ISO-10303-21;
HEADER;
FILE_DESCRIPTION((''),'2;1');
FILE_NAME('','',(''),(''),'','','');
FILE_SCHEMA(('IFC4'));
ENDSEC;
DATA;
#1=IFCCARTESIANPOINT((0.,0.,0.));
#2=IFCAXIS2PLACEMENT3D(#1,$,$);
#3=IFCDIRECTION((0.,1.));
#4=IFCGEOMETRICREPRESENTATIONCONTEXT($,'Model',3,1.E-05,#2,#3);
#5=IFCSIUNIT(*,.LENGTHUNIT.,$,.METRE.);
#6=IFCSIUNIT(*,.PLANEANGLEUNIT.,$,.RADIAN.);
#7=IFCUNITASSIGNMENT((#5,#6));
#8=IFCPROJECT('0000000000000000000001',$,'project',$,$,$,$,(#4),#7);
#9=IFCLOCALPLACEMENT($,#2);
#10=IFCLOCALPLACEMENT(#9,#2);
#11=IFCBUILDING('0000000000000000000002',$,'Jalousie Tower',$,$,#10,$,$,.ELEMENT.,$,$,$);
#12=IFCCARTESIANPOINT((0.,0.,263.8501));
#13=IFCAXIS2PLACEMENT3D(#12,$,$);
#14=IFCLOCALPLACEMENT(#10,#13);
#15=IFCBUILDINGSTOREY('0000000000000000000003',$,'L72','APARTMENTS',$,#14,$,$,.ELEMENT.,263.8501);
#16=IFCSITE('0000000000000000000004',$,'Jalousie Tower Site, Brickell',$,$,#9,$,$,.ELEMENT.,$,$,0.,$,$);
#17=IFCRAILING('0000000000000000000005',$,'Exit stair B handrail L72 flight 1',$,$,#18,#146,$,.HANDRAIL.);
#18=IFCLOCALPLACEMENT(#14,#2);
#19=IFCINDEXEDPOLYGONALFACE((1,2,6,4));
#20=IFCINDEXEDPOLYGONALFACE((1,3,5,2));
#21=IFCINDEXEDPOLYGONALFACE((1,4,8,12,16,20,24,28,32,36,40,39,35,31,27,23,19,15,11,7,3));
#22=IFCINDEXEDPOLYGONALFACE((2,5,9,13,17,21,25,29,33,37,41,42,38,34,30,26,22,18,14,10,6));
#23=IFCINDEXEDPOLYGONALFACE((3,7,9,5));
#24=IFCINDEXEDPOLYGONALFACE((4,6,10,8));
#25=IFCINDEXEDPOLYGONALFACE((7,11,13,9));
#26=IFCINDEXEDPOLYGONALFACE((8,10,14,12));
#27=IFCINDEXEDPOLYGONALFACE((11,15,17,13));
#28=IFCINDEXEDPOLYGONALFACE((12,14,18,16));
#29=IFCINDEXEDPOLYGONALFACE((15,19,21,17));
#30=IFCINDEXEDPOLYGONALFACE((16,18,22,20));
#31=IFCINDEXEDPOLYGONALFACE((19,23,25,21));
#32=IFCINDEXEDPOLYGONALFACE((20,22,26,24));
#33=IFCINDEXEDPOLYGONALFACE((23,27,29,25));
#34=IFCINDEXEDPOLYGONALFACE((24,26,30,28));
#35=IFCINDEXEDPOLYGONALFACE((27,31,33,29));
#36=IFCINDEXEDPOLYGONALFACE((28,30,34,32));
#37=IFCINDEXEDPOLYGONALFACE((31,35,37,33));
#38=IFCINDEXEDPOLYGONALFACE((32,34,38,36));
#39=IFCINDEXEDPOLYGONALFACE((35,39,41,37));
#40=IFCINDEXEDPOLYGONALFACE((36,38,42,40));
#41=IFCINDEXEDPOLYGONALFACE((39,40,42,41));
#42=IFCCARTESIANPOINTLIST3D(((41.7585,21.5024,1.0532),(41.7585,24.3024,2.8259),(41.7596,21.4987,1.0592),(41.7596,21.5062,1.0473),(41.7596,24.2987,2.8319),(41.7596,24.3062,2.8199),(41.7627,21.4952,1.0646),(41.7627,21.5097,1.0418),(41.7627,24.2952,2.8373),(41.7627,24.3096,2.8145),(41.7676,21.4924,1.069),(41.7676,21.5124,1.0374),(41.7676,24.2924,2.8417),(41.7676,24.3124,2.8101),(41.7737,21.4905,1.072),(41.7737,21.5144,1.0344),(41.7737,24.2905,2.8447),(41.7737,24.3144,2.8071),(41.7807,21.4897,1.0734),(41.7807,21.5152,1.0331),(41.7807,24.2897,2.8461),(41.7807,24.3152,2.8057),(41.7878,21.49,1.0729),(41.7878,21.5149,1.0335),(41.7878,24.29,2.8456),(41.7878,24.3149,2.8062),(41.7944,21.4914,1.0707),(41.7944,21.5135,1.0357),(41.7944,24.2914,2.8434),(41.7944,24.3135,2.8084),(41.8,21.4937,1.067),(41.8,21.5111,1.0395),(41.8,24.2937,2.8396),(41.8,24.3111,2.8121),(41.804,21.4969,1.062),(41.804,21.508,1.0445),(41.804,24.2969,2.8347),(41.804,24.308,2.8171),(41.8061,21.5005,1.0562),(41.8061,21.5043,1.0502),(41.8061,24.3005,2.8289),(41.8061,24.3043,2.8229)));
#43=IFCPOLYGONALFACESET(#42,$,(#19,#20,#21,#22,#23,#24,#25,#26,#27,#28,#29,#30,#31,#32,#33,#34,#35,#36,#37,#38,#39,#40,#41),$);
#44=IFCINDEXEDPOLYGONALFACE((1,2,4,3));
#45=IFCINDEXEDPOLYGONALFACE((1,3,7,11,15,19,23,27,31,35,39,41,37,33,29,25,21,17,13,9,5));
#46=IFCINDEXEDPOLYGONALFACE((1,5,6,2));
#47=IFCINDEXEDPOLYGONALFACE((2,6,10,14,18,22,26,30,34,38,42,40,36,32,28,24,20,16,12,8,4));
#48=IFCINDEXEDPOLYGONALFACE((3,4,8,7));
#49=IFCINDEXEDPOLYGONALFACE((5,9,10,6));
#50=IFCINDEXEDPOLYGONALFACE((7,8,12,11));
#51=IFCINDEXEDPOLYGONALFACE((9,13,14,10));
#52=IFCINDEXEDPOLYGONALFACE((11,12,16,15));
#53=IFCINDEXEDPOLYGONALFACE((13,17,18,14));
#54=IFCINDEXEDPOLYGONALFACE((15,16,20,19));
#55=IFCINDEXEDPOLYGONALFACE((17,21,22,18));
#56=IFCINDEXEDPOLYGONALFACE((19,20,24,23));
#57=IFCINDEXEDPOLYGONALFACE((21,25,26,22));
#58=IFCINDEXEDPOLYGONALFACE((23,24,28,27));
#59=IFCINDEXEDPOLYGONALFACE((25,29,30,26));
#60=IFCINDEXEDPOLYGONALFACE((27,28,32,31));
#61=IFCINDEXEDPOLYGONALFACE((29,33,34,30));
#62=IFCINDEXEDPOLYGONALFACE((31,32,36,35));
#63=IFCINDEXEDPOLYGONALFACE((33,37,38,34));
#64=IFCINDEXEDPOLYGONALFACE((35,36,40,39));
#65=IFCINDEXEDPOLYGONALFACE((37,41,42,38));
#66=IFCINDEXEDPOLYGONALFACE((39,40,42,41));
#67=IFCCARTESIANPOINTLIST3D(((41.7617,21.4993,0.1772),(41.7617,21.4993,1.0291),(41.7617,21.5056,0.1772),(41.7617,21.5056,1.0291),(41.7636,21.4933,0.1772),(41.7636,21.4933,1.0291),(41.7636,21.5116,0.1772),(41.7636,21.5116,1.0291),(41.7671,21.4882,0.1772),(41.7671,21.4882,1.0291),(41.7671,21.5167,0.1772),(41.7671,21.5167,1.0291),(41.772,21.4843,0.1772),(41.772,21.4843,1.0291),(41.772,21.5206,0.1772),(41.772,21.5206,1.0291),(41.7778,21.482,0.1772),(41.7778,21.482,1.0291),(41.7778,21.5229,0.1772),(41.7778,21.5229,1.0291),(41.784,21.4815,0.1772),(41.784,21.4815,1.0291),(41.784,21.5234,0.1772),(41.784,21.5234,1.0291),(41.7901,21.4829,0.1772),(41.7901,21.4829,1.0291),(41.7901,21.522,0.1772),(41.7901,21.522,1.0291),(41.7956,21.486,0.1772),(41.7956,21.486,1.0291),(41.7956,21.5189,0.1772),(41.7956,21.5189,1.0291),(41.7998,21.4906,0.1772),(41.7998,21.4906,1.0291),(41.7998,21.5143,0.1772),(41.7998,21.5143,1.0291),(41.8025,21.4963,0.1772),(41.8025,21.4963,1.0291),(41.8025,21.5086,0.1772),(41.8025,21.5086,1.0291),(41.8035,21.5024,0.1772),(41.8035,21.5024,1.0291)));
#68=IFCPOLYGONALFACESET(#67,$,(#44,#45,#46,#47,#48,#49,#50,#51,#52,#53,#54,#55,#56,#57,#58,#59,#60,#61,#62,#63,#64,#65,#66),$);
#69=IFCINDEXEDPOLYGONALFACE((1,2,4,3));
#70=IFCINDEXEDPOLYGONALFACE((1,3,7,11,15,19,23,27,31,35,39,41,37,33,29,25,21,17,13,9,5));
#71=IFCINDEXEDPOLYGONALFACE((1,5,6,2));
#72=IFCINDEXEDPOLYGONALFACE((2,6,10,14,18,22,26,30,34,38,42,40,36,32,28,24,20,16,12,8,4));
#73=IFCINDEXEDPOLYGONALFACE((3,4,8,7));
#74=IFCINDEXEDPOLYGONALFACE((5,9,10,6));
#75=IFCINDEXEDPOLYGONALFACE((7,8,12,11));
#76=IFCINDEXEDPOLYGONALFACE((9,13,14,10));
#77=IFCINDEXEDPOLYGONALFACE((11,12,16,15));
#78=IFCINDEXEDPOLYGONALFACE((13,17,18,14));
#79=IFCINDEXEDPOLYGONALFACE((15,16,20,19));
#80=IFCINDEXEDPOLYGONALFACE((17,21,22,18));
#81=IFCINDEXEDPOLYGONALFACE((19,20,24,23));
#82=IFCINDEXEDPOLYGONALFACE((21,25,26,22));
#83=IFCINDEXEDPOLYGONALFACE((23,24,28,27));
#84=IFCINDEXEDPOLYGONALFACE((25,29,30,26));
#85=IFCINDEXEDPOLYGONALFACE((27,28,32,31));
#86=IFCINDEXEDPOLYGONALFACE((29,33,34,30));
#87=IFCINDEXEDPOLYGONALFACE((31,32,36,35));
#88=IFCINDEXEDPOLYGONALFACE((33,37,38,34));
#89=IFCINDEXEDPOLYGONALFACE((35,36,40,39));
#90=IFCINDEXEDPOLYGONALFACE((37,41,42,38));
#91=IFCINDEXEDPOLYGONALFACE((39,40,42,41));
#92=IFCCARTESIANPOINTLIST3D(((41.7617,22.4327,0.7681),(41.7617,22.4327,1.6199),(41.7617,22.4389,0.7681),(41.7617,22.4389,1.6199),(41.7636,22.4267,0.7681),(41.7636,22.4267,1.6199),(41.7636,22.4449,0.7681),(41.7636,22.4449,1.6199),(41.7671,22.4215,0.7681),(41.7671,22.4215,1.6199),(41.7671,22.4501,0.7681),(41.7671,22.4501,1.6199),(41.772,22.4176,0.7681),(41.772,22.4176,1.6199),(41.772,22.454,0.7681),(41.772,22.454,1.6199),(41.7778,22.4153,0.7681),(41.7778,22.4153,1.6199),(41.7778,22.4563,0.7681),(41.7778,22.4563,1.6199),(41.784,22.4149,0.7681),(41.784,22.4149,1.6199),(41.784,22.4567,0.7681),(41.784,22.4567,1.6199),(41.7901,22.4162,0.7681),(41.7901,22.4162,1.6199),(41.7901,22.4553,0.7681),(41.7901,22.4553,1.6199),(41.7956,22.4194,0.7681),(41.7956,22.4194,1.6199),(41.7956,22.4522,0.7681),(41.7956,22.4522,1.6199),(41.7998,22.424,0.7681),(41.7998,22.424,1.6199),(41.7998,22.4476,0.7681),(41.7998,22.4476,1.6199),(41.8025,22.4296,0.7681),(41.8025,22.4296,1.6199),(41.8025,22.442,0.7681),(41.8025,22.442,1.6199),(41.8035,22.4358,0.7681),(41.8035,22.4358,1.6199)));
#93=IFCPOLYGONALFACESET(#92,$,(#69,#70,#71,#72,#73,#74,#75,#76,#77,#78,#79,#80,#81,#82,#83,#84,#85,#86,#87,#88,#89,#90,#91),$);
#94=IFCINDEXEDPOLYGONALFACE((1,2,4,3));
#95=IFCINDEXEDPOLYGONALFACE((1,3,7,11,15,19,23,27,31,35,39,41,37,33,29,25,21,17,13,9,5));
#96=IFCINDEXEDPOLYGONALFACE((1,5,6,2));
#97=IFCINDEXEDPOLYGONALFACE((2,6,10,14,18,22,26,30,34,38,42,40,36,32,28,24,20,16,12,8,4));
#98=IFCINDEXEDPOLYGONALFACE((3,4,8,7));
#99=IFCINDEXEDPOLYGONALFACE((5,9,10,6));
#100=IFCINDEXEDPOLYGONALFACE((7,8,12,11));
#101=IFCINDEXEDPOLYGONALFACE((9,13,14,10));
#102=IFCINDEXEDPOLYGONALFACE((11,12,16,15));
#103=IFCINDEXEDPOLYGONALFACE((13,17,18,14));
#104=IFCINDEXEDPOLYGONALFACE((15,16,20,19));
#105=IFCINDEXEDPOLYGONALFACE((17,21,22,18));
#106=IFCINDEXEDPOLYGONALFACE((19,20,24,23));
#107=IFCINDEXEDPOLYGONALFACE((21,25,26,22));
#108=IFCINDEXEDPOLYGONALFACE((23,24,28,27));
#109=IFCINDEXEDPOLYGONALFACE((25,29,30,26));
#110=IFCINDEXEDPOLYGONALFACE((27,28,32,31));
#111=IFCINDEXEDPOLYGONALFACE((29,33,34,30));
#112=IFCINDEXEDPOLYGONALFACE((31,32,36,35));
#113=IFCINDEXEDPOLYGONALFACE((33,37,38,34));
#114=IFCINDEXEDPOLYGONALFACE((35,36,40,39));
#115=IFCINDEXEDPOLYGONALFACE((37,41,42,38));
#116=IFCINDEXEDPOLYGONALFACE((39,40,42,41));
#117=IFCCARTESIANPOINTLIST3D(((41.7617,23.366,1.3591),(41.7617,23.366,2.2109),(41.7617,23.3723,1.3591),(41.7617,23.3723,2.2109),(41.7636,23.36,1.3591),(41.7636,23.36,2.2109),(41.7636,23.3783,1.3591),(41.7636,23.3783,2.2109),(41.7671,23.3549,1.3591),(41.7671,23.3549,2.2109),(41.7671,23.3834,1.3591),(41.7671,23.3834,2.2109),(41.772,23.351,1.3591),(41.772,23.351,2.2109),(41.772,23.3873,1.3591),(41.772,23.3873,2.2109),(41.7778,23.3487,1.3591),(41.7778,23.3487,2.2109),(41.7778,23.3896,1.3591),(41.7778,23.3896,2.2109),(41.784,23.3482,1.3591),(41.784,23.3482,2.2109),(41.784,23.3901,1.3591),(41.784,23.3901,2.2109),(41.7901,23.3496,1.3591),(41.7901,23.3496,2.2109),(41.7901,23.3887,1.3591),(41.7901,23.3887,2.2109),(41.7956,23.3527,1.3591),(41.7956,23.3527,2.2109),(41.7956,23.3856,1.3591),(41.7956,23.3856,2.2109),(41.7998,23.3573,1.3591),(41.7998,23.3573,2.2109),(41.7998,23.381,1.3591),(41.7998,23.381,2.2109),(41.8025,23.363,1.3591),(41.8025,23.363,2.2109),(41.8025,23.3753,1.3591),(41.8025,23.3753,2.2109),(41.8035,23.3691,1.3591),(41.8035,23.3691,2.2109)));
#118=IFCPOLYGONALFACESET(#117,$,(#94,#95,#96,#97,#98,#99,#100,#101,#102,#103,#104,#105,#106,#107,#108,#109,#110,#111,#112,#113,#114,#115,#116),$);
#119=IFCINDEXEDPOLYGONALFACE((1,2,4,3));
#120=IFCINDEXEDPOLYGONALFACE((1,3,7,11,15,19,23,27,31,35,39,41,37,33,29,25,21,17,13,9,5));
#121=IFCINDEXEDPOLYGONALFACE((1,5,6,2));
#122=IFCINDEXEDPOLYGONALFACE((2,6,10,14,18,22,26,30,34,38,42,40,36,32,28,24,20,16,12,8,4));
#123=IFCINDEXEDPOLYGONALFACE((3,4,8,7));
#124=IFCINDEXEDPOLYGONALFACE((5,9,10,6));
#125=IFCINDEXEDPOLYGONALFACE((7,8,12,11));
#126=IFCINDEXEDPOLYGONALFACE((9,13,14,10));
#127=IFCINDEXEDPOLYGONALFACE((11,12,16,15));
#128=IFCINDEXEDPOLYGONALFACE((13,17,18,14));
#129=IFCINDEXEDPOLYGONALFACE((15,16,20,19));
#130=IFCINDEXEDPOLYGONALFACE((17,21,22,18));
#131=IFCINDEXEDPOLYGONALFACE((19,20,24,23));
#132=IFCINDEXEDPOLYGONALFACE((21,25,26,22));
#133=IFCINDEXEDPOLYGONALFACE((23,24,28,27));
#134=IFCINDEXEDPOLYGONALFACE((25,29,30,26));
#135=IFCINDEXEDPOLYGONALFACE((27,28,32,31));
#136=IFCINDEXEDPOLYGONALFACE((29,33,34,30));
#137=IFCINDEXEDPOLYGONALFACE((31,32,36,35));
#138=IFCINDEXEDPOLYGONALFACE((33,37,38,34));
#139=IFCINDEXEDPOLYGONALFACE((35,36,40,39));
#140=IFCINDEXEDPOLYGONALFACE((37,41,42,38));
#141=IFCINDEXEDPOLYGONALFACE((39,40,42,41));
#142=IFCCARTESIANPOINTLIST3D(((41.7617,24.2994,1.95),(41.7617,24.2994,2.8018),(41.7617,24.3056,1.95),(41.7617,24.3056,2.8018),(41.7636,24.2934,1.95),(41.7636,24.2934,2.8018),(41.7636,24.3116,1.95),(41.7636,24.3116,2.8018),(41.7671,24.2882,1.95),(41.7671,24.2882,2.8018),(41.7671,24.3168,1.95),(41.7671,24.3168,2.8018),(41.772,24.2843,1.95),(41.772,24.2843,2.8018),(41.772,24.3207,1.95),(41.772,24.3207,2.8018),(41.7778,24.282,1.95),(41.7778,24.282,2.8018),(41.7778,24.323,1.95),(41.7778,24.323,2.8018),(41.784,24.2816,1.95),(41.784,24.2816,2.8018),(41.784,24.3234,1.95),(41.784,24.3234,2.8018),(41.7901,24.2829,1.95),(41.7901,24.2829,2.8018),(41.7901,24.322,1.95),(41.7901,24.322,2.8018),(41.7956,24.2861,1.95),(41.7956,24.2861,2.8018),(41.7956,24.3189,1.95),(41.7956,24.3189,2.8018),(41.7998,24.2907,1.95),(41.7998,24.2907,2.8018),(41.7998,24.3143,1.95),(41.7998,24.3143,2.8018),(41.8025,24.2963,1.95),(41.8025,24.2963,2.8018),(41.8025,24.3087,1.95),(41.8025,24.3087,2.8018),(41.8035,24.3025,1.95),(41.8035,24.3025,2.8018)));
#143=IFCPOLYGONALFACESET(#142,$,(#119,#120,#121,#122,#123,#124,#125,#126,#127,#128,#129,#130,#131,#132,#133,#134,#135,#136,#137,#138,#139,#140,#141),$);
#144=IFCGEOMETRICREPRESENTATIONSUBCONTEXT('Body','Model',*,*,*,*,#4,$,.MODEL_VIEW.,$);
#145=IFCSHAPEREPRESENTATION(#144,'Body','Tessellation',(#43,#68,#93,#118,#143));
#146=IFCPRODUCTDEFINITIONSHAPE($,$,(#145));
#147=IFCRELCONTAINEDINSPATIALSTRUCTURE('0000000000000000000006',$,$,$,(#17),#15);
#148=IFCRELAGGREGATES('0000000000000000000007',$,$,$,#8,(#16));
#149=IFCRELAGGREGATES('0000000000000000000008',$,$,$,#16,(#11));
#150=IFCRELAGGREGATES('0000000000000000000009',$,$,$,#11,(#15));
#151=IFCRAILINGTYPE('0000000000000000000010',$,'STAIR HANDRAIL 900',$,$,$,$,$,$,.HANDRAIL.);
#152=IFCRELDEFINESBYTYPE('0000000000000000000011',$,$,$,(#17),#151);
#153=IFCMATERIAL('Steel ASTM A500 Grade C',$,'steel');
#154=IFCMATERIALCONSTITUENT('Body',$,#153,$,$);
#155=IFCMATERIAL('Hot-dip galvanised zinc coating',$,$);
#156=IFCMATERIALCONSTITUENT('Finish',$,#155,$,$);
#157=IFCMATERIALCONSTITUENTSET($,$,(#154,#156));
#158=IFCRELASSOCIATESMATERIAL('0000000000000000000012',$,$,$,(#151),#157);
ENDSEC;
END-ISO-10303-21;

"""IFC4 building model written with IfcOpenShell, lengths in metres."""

from ifc_helpers import new_model, si_unit, direction, frame, origin, origin_2d, place, context, subcontext, project, spatial, circle, extrude, material, constituent, constituent_set, type_object, element, save


model = new_model("IFC4")

# Units and contexts
model_context = context("Model", 3, precision=1e-05, world=origin(), true_north=direction((0.0, 1.0)))
body_context = subcontext(model_context, "Body", "Model", "MODEL_VIEW")
ifc_project = project(units=[si_unit("LENGTHUNIT", "METRE"), si_unit("PLANEANGLEUNIT", "RADIAN")], contexts=[model_context])

# Site, building, storey
site_placement = place(None, origin())
site = spatial("IfcSite", under=ifc_project, at=site_placement, Name="Jalousie Tower Site, Brickell", CompositionType="ELEMENT", RefElevation=0.0)
building_placement = place(site_placement, origin())
building = spatial("IfcBuilding", under=site, at=building_placement, Name="Jalousie Tower", CompositionType="ELEMENT")
storey_placement = place(building_placement, frame((0.0, 0.0, 263.8501)))
storey = spatial("IfcBuildingStorey", under=building, at=storey_placement, Name="L72", Description="APARTMENTS", CompositionType="ELEMENT", Elevation=263.8501)

# Railing
ifc_material_1 = material(Name="Steel ASTM A500 Grade C", Category="steel")
ifc_constituent_1 = constituent(ifc_material_1, Name="Body")
ifc_material_2 = material(Name="Hot-dip galvanised zinc coating")
ifc_constituent_2 = constituent(ifc_material_2, Name="Finish")
ifc_constituent_set_1 = constituent_set(constituents=[ifc_constituent_1, ifc_constituent_2])
railing_type_1 = type_object("IfcRailingType", Name="STAIR HANDRAIL 900", PredefinedType="HANDRAIL", material=ifc_constituent_set_1)
railing_1_placement = place(storey_placement, frame((41.7825, 21.5024, 0.1772)))
element("IfcRailing", 1, at=railing_1_placement, inside=storey, type_object=railing_type_1, Name="Exit stair B handrail L72 flight 1", PredefinedType="HANDRAIL", context=body_context, shape_type="SweptSolid", body=[
    extrude(circle(Radius=0.0239, at=origin_2d()), frame((0.0, 0.0, 0.876), z_axis=(0.0, 0.844909, 0.53491), x_axis=(-1.0, 0.0, 0.0)), (0.0, 0.0, 1.0), 3.314),
    extrude(circle(Radius=0.021, at=origin_2d()), origin(), (0.0, 0.0, 1.0), 0.8518),
    extrude(circle(Radius=0.021, at=origin_2d()), frame((0.0, 0.9333, 0.5908)), (0.0, 0.0, 1.0), 0.8518),
    extrude(circle(Radius=0.021, at=origin_2d()), frame((0.0, 1.8667, 1.1819)), (0.0, 0.0, 1.0), 0.8518),
    extrude(circle(Radius=0.021, at=origin_2d()), frame((0.0, 2.8, 1.7727)), (0.0, 0.0, 1.0), 0.8518),
])

save(model, "model.ifc")
